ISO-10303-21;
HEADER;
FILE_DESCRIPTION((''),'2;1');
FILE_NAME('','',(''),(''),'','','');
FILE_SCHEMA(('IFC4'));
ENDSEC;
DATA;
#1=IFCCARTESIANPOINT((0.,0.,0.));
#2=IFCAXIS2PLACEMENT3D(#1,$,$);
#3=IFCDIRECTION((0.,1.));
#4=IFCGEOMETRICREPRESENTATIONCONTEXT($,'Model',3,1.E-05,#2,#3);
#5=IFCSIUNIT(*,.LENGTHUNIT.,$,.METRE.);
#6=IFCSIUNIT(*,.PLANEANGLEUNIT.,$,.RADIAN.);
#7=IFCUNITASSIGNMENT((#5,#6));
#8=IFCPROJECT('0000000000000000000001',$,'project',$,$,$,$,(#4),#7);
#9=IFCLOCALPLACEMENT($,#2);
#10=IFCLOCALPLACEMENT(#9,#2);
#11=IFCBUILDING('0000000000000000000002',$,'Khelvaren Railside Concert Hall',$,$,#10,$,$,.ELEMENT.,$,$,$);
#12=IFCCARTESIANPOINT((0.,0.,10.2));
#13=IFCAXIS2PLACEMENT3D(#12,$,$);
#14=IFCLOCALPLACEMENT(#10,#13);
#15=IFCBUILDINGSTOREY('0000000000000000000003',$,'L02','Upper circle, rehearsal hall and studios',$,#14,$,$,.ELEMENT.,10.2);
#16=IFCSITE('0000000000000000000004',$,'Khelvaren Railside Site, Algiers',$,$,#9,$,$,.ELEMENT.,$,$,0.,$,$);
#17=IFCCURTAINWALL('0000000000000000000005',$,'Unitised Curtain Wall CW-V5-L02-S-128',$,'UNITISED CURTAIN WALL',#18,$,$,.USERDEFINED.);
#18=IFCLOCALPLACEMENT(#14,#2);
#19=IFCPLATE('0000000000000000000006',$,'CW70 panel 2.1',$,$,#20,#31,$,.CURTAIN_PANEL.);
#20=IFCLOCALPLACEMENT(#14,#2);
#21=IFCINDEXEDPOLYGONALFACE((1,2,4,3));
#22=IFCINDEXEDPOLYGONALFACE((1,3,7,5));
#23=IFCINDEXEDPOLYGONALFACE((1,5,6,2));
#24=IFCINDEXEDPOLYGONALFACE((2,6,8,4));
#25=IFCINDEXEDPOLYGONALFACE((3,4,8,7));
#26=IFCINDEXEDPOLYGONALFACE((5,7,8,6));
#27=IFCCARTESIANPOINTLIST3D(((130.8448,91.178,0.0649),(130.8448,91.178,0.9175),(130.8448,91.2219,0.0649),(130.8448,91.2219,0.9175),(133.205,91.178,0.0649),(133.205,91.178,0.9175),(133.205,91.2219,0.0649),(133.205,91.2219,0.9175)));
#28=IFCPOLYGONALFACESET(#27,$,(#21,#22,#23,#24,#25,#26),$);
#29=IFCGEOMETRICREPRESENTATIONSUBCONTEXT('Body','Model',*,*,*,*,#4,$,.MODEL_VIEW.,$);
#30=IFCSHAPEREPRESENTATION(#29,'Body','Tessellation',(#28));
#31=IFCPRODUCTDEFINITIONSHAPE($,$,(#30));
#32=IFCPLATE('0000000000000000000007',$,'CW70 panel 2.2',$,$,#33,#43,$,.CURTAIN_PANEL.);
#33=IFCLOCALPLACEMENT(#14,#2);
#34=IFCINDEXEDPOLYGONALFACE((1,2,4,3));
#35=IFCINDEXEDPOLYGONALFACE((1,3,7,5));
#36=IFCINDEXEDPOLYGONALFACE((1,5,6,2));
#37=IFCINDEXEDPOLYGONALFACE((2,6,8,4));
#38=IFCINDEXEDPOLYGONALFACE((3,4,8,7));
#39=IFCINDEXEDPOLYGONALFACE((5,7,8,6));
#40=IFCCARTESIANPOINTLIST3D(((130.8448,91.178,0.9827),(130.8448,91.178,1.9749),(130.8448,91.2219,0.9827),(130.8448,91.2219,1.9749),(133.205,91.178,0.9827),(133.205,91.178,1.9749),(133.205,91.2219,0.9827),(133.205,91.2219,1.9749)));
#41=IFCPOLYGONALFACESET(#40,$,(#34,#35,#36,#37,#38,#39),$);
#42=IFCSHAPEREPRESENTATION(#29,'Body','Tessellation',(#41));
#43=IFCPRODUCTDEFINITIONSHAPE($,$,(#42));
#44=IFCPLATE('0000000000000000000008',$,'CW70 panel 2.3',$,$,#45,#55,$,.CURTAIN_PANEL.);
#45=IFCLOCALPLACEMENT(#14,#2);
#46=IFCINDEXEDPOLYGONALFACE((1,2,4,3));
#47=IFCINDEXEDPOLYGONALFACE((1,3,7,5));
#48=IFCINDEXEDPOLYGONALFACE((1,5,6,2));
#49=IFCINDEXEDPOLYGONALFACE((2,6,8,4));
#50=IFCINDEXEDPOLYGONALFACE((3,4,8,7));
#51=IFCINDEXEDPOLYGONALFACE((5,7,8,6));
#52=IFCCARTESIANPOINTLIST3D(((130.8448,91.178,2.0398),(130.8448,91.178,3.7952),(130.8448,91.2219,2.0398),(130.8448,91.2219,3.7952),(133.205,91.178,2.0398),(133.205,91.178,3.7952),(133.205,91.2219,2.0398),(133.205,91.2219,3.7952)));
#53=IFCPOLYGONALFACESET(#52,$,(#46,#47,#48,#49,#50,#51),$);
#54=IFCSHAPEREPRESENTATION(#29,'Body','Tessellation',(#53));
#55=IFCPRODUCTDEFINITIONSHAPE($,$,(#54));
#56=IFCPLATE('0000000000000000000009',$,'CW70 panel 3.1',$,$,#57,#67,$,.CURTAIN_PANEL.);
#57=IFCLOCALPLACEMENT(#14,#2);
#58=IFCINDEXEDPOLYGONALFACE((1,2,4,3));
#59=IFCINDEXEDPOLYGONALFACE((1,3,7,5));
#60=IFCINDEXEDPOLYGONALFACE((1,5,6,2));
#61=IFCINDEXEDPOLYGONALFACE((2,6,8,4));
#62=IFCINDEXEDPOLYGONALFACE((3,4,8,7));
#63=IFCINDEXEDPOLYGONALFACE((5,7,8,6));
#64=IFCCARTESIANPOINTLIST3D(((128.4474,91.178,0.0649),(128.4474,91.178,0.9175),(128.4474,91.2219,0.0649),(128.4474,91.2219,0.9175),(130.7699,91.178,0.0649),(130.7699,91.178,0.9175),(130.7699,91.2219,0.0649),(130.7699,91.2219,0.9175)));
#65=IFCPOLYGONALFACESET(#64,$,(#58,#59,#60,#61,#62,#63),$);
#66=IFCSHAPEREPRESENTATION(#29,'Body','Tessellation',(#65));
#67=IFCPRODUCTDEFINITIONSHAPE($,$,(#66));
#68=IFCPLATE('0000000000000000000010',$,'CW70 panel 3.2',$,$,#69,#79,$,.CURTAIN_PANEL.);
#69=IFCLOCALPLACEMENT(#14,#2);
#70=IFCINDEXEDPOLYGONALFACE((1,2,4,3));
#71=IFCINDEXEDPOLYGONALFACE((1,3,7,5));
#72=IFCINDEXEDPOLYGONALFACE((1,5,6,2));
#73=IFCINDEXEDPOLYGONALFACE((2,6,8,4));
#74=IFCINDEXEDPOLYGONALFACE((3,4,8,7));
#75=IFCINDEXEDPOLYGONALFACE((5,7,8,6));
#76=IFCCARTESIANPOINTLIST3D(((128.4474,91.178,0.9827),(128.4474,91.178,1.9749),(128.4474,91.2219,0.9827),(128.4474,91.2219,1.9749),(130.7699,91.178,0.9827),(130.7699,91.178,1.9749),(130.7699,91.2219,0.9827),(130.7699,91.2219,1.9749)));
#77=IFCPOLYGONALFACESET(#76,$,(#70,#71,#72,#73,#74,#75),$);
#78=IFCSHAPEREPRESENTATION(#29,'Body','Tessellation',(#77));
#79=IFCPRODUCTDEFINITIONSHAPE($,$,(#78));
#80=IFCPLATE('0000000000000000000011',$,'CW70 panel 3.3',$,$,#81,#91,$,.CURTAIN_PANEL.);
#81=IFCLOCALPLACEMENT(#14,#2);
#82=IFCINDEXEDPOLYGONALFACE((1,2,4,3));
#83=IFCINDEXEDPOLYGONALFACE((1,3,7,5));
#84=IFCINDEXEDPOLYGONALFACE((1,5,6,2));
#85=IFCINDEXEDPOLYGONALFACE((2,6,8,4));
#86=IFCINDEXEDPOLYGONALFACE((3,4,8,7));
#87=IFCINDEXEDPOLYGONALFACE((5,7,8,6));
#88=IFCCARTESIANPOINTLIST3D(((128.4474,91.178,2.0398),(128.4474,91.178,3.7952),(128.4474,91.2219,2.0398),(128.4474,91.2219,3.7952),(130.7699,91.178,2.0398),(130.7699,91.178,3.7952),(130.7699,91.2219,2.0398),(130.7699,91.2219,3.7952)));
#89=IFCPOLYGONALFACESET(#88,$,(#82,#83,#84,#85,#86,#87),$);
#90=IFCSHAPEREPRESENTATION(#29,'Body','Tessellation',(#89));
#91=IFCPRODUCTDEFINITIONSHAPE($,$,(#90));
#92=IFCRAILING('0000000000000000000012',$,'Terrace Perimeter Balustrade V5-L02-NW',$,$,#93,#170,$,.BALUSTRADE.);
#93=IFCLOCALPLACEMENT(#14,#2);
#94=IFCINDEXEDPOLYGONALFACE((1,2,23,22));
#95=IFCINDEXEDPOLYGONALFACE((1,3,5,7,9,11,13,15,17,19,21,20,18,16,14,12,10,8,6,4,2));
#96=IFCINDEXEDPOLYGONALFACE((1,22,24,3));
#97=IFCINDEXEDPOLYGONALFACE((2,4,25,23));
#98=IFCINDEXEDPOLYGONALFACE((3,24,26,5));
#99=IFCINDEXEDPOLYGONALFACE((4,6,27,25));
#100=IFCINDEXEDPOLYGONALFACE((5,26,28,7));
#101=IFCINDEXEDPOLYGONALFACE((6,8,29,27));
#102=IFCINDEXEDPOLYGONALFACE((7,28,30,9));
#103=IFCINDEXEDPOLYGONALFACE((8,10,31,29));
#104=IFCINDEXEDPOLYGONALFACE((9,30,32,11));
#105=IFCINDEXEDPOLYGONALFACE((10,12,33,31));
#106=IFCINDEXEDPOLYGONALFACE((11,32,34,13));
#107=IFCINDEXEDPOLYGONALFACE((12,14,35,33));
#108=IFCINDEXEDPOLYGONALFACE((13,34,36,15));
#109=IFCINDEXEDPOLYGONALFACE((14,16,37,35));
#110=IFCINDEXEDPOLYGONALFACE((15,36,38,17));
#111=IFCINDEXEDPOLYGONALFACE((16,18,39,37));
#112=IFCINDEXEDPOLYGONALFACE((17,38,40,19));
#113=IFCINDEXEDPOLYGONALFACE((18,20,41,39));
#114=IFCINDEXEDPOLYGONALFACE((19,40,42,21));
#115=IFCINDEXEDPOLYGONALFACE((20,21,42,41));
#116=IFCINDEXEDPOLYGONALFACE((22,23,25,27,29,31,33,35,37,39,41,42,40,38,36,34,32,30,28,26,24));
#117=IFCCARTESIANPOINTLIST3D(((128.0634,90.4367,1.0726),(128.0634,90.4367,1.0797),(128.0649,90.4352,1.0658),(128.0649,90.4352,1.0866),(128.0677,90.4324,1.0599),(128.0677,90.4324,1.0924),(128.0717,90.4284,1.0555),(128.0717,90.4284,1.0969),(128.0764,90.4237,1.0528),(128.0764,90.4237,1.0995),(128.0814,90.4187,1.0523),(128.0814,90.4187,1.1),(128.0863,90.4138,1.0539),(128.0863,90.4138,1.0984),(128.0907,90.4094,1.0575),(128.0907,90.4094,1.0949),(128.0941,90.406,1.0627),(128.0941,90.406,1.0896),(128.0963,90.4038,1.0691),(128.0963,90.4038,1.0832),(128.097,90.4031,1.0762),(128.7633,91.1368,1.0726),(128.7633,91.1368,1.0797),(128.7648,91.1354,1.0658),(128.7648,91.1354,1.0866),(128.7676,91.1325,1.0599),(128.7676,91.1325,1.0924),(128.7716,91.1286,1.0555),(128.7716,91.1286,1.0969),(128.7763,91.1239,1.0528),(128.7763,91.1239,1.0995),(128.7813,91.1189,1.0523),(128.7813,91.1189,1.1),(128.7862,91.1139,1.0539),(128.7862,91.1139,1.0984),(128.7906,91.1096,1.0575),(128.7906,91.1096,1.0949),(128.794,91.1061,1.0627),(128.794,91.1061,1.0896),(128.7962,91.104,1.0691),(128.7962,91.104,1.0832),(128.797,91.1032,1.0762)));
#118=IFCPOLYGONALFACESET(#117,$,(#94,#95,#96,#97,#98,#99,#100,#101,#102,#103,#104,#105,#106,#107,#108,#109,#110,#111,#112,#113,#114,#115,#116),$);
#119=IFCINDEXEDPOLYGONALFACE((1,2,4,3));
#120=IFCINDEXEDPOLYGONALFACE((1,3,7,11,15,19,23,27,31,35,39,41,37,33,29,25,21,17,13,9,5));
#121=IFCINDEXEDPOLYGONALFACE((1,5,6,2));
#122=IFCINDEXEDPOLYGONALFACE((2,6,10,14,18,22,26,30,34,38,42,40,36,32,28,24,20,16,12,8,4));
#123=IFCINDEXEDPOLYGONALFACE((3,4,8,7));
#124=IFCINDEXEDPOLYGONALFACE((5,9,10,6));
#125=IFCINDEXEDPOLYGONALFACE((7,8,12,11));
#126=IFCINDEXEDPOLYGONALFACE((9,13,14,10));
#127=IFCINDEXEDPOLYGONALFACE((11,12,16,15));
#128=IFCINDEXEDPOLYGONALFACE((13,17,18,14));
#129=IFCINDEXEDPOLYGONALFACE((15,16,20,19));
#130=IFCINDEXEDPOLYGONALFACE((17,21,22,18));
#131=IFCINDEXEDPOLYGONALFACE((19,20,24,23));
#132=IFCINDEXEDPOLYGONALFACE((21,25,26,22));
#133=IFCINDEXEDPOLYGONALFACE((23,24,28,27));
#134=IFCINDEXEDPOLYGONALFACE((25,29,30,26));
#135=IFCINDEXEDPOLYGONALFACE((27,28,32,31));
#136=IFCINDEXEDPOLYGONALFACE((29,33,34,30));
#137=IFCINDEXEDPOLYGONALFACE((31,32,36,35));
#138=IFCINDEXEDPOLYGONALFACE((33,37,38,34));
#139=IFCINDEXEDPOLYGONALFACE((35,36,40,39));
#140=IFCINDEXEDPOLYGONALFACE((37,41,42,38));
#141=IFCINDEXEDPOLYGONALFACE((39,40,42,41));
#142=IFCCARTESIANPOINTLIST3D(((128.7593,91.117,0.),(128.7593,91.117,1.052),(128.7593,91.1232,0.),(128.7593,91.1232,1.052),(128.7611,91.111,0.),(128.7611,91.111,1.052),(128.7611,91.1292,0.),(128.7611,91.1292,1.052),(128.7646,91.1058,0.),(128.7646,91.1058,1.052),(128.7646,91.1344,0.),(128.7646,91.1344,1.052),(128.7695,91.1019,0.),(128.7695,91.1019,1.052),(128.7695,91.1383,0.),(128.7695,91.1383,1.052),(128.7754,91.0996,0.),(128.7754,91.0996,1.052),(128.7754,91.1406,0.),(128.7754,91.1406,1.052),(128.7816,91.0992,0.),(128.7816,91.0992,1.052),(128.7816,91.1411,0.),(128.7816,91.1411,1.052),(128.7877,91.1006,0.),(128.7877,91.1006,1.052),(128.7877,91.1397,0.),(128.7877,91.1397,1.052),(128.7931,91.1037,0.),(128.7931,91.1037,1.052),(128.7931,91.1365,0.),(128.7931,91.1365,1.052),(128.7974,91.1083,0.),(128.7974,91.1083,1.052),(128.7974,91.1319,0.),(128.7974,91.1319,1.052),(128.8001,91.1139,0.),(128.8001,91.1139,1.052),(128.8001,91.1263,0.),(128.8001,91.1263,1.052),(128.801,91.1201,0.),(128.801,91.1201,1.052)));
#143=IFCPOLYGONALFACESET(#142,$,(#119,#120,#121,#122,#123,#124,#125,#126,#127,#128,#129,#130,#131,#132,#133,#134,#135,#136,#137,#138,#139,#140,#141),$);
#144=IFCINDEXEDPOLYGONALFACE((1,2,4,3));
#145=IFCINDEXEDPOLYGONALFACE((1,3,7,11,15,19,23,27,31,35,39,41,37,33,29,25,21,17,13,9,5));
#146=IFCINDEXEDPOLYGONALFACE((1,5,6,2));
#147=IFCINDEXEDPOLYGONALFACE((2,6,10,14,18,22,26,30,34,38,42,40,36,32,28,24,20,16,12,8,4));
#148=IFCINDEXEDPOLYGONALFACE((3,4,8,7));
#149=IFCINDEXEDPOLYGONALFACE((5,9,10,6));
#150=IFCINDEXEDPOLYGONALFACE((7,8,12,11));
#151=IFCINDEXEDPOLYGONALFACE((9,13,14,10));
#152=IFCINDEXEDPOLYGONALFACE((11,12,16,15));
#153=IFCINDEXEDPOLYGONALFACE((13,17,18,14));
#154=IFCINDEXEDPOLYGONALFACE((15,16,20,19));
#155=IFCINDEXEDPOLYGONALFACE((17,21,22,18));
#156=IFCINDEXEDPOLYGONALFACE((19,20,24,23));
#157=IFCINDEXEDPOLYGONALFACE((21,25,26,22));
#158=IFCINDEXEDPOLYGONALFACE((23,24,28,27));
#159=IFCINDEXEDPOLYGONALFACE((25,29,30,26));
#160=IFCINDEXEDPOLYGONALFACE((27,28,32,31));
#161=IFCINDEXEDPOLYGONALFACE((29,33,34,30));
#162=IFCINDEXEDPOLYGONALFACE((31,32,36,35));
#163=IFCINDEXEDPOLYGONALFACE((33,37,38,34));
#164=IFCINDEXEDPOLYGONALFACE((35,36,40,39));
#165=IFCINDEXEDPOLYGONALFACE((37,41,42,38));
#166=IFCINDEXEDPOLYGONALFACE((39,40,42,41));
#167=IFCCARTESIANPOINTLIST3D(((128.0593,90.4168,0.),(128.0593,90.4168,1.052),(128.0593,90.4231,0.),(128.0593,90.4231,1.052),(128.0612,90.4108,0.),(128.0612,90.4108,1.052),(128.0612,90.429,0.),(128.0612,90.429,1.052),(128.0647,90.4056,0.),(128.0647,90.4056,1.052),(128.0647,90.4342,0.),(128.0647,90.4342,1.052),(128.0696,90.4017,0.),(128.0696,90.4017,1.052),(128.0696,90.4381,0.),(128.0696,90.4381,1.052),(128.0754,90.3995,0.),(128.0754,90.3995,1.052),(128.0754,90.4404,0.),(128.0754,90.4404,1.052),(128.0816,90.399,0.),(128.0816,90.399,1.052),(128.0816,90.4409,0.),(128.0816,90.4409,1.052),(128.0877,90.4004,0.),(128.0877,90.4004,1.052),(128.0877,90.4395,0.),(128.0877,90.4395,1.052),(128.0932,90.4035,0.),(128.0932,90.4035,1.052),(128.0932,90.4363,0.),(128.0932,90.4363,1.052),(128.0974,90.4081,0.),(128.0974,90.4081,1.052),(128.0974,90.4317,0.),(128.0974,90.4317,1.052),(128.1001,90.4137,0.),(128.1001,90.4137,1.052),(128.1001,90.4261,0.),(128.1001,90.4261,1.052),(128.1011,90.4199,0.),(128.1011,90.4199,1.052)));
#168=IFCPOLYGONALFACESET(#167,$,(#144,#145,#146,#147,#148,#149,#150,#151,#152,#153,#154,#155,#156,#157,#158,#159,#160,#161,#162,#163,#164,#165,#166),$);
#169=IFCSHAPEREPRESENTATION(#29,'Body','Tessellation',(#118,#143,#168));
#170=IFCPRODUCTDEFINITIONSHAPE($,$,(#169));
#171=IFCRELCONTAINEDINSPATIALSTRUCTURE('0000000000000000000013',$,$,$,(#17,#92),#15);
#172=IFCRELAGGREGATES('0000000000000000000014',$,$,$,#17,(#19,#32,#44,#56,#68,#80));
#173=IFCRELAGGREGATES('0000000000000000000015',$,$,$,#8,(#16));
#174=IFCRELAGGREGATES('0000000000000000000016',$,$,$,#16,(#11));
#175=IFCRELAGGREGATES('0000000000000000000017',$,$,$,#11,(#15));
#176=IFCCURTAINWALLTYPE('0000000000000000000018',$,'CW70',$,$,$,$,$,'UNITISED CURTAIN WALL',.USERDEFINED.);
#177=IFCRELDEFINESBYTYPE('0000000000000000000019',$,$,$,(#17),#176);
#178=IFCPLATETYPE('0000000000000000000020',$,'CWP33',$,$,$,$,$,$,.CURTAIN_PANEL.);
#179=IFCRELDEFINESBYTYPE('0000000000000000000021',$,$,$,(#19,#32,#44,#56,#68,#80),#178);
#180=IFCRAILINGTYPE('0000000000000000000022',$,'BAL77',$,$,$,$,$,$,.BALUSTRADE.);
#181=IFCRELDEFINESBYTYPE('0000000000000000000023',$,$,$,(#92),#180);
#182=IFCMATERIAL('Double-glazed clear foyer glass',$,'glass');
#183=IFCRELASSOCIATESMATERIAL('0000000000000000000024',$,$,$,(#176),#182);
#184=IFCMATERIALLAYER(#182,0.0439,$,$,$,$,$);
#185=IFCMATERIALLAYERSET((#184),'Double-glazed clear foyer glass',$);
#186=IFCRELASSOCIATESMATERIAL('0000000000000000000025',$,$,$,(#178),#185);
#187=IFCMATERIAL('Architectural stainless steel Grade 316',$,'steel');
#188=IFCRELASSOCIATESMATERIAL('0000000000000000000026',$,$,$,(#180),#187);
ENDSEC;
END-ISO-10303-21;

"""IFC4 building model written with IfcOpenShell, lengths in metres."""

from ifc_helpers import new_model, si_unit, direction, frame, origin, origin_2d, place, context, subcontext, project, spatial, rectangle, circle, extrude, material, layer, layer_set, type_object, element, aggregate, save


model = new_model("IFC4")

# Units and contexts
model_context = context("Model", 3, precision=1e-05, world=origin(), true_north=direction((0.0, 1.0)))
body_context = subcontext(model_context, "Body", "Model", "MODEL_VIEW")
ifc_project = project(units=[si_unit("LENGTHUNIT", "METRE"), si_unit("PLANEANGLEUNIT", "RADIAN")], contexts=[model_context])

# Site, building, storey
site_placement = place(None, origin())
site = spatial("IfcSite", under=ifc_project, at=site_placement, Name="Khelvaren Railside Site, Algiers", CompositionType="ELEMENT", RefElevation=0.0)
building_placement = place(site_placement, origin())
building = spatial("IfcBuilding", under=site, at=building_placement, Name="Khelvaren Railside Concert Hall", CompositionType="ELEMENT")
storey_placement = place(building_placement, frame((0.0, 0.0, 10.2)))
storey = spatial("IfcBuildingStorey", under=building, at=storey_placement, Name="L02", Description="Upper circle, rehearsal hall and studios", CompositionType="ELEMENT", Elevation=10.2)

# Curtain wall
ifc_material_1 = material(Name="Double-glazed clear foyer glass", Category="glass")
curtain_wall_type = type_object("IfcCurtainWallType", Name="CW70", ElementType="UNITISED CURTAIN WALL", PredefinedType="USERDEFINED", material=ifc_material_1)
curtain_wall_placement = place(storey_placement, origin())
curtain_wall = element("IfcCurtainWall", 1, at=curtain_wall_placement, inside=storey, type_object=curtain_wall_type, Name="Unitised Curtain Wall CW-V5-L02-S-128", ObjectType="UNITISED CURTAIN WALL", PredefinedType="USERDEFINED")

# Plates
ifc_layer = layer(ifc_material_1, 0.0439)
ifc_layer_set = layer_set([ifc_layer], Name="Double-glazed clear foyer glass")
plate_type = type_object("IfcPlateType", Name="CWP33", PredefinedType="CURTAIN_PANEL", material=ifc_layer_set)
plate_1_placement = place(storey_placement, frame((132.0249, 91.2, 0.0649), z_axis=(0.0, 0.0, 1.0), x_axis=(-1.0, 0.0, 0.0)))
plate_1 = element("IfcPlate", 2, at=plate_1_placement, type_object=plate_type, Name="CW70 panel 2.1", PredefinedType="CURTAIN_PANEL", context=body_context, shape_type="SweptSolid", body=[
    extrude(rectangle(XDim=2.3601, YDim=0.0439, at=origin_2d()), origin(), (0.0, 0.0, 1.0), 0.8525),
])
plate_2_placement = place(storey_placement, frame((132.0249, 91.2, 0.9827), z_axis=(0.0, 0.0, 1.0), x_axis=(-1.0, 0.0, 0.0)))
plate_2 = element("IfcPlate", 3, at=plate_2_placement, type_object=plate_type, Name="CW70 panel 2.2", PredefinedType="CURTAIN_PANEL", context=body_context, shape_type="SweptSolid", body=[
    extrude(rectangle(XDim=2.3601, YDim=0.0439, at=origin_2d()), origin(), (0.0, 0.0, 1.0), 0.9922),
])
plate_3_placement = place(storey_placement, frame((132.0249, 91.2, 2.0398), z_axis=(0.0, 0.0, 1.0), x_axis=(-1.0, 0.0, 0.0)))
plate_3 = element("IfcPlate", 4, at=plate_3_placement, type_object=plate_type, Name="CW70 panel 2.3", PredefinedType="CURTAIN_PANEL", context=body_context, shape_type="SweptSolid", body=[
    extrude(rectangle(XDim=2.3601, YDim=0.0439, at=origin_2d()), origin(), (0.0, 0.0, 1.0), 1.7554),
])
plate_4_placement = place(storey_placement, frame((129.6086, 91.2, 0.0649), z_axis=(0.0, 0.0, 1.0), x_axis=(-1.0, 0.0, 0.0)))
plate_4 = element("IfcPlate", 5, at=plate_4_placement, type_object=plate_type, Name="CW70 panel 3.1", PredefinedType="CURTAIN_PANEL", context=body_context, shape_type="SweptSolid", body=[
    extrude(rectangle(XDim=2.3225, YDim=0.0439, at=origin_2d()), origin(), (0.0, 0.0, 1.0), 0.8525),
])
plate_5_placement = place(storey_placement, frame((129.6086, 91.2, 0.9827), z_axis=(0.0, 0.0, 1.0), x_axis=(-1.0, 0.0, 0.0)))
plate_5 = element("IfcPlate", 6, at=plate_5_placement, type_object=plate_type, Name="CW70 panel 3.2", PredefinedType="CURTAIN_PANEL", context=body_context, shape_type="SweptSolid", body=[
    extrude(rectangle(XDim=2.3225, YDim=0.0439, at=origin_2d()), origin(), (0.0, 0.0, 1.0), 0.9922),
])
plate_6_placement = place(storey_placement, frame((129.6086, 91.2, 2.0398), z_axis=(0.0, 0.0, 1.0), x_axis=(-1.0, 0.0, 0.0)))
plate_6 = element("IfcPlate", 7, at=plate_6_placement, type_object=plate_type, Name="CW70 panel 3.3", PredefinedType="CURTAIN_PANEL", context=body_context, shape_type="SweptSolid", body=[
    extrude(rectangle(XDim=2.3225, YDim=0.0439, at=origin_2d()), origin(), (0.0, 0.0, 1.0), 1.7554),
])
aggregate(curtain_wall, [plate_1, plate_2, plate_3, plate_4, plate_5, plate_6])

# Railing
ifc_material_2 = material(Name="Architectural stainless steel Grade 316", Category="steel")
railing_type = type_object("IfcRailingType", Name="BAL77", PredefinedType="BALUSTRADE", material=ifc_material_2)
railing_1_placement = place(storey_placement, frame((128.78, 91.1201, 0.0)))
element("IfcRailing", 8, at=railing_1_placement, inside=storey, type_object=railing_type, Name="Terrace Perimeter Balustrade V5-L02-NW", PredefinedType="BALUSTRADE", context=body_context, shape_type="SweptSolid", body=[
    extrude(circle(Radius=0.0239, at=origin_2d()), frame((0.0, 0.0, 1.0762), z_axis=(-0.706983, -0.70723, 0.0), x_axis=(0.70723, -0.706983, 0.0)), (0.0, 0.0, 1.0), 0.99),
    extrude(circle(Radius=0.021, at=origin_2d()), origin(), (0.0, 0.0, 1.0), 1.052),
    extrude(circle(Radius=0.021, at=origin_2d()), frame((-0.7, -0.7002, 0.0)), (0.0, 0.0, 1.0), 1.052),
])

save(model, "model.ifc")
